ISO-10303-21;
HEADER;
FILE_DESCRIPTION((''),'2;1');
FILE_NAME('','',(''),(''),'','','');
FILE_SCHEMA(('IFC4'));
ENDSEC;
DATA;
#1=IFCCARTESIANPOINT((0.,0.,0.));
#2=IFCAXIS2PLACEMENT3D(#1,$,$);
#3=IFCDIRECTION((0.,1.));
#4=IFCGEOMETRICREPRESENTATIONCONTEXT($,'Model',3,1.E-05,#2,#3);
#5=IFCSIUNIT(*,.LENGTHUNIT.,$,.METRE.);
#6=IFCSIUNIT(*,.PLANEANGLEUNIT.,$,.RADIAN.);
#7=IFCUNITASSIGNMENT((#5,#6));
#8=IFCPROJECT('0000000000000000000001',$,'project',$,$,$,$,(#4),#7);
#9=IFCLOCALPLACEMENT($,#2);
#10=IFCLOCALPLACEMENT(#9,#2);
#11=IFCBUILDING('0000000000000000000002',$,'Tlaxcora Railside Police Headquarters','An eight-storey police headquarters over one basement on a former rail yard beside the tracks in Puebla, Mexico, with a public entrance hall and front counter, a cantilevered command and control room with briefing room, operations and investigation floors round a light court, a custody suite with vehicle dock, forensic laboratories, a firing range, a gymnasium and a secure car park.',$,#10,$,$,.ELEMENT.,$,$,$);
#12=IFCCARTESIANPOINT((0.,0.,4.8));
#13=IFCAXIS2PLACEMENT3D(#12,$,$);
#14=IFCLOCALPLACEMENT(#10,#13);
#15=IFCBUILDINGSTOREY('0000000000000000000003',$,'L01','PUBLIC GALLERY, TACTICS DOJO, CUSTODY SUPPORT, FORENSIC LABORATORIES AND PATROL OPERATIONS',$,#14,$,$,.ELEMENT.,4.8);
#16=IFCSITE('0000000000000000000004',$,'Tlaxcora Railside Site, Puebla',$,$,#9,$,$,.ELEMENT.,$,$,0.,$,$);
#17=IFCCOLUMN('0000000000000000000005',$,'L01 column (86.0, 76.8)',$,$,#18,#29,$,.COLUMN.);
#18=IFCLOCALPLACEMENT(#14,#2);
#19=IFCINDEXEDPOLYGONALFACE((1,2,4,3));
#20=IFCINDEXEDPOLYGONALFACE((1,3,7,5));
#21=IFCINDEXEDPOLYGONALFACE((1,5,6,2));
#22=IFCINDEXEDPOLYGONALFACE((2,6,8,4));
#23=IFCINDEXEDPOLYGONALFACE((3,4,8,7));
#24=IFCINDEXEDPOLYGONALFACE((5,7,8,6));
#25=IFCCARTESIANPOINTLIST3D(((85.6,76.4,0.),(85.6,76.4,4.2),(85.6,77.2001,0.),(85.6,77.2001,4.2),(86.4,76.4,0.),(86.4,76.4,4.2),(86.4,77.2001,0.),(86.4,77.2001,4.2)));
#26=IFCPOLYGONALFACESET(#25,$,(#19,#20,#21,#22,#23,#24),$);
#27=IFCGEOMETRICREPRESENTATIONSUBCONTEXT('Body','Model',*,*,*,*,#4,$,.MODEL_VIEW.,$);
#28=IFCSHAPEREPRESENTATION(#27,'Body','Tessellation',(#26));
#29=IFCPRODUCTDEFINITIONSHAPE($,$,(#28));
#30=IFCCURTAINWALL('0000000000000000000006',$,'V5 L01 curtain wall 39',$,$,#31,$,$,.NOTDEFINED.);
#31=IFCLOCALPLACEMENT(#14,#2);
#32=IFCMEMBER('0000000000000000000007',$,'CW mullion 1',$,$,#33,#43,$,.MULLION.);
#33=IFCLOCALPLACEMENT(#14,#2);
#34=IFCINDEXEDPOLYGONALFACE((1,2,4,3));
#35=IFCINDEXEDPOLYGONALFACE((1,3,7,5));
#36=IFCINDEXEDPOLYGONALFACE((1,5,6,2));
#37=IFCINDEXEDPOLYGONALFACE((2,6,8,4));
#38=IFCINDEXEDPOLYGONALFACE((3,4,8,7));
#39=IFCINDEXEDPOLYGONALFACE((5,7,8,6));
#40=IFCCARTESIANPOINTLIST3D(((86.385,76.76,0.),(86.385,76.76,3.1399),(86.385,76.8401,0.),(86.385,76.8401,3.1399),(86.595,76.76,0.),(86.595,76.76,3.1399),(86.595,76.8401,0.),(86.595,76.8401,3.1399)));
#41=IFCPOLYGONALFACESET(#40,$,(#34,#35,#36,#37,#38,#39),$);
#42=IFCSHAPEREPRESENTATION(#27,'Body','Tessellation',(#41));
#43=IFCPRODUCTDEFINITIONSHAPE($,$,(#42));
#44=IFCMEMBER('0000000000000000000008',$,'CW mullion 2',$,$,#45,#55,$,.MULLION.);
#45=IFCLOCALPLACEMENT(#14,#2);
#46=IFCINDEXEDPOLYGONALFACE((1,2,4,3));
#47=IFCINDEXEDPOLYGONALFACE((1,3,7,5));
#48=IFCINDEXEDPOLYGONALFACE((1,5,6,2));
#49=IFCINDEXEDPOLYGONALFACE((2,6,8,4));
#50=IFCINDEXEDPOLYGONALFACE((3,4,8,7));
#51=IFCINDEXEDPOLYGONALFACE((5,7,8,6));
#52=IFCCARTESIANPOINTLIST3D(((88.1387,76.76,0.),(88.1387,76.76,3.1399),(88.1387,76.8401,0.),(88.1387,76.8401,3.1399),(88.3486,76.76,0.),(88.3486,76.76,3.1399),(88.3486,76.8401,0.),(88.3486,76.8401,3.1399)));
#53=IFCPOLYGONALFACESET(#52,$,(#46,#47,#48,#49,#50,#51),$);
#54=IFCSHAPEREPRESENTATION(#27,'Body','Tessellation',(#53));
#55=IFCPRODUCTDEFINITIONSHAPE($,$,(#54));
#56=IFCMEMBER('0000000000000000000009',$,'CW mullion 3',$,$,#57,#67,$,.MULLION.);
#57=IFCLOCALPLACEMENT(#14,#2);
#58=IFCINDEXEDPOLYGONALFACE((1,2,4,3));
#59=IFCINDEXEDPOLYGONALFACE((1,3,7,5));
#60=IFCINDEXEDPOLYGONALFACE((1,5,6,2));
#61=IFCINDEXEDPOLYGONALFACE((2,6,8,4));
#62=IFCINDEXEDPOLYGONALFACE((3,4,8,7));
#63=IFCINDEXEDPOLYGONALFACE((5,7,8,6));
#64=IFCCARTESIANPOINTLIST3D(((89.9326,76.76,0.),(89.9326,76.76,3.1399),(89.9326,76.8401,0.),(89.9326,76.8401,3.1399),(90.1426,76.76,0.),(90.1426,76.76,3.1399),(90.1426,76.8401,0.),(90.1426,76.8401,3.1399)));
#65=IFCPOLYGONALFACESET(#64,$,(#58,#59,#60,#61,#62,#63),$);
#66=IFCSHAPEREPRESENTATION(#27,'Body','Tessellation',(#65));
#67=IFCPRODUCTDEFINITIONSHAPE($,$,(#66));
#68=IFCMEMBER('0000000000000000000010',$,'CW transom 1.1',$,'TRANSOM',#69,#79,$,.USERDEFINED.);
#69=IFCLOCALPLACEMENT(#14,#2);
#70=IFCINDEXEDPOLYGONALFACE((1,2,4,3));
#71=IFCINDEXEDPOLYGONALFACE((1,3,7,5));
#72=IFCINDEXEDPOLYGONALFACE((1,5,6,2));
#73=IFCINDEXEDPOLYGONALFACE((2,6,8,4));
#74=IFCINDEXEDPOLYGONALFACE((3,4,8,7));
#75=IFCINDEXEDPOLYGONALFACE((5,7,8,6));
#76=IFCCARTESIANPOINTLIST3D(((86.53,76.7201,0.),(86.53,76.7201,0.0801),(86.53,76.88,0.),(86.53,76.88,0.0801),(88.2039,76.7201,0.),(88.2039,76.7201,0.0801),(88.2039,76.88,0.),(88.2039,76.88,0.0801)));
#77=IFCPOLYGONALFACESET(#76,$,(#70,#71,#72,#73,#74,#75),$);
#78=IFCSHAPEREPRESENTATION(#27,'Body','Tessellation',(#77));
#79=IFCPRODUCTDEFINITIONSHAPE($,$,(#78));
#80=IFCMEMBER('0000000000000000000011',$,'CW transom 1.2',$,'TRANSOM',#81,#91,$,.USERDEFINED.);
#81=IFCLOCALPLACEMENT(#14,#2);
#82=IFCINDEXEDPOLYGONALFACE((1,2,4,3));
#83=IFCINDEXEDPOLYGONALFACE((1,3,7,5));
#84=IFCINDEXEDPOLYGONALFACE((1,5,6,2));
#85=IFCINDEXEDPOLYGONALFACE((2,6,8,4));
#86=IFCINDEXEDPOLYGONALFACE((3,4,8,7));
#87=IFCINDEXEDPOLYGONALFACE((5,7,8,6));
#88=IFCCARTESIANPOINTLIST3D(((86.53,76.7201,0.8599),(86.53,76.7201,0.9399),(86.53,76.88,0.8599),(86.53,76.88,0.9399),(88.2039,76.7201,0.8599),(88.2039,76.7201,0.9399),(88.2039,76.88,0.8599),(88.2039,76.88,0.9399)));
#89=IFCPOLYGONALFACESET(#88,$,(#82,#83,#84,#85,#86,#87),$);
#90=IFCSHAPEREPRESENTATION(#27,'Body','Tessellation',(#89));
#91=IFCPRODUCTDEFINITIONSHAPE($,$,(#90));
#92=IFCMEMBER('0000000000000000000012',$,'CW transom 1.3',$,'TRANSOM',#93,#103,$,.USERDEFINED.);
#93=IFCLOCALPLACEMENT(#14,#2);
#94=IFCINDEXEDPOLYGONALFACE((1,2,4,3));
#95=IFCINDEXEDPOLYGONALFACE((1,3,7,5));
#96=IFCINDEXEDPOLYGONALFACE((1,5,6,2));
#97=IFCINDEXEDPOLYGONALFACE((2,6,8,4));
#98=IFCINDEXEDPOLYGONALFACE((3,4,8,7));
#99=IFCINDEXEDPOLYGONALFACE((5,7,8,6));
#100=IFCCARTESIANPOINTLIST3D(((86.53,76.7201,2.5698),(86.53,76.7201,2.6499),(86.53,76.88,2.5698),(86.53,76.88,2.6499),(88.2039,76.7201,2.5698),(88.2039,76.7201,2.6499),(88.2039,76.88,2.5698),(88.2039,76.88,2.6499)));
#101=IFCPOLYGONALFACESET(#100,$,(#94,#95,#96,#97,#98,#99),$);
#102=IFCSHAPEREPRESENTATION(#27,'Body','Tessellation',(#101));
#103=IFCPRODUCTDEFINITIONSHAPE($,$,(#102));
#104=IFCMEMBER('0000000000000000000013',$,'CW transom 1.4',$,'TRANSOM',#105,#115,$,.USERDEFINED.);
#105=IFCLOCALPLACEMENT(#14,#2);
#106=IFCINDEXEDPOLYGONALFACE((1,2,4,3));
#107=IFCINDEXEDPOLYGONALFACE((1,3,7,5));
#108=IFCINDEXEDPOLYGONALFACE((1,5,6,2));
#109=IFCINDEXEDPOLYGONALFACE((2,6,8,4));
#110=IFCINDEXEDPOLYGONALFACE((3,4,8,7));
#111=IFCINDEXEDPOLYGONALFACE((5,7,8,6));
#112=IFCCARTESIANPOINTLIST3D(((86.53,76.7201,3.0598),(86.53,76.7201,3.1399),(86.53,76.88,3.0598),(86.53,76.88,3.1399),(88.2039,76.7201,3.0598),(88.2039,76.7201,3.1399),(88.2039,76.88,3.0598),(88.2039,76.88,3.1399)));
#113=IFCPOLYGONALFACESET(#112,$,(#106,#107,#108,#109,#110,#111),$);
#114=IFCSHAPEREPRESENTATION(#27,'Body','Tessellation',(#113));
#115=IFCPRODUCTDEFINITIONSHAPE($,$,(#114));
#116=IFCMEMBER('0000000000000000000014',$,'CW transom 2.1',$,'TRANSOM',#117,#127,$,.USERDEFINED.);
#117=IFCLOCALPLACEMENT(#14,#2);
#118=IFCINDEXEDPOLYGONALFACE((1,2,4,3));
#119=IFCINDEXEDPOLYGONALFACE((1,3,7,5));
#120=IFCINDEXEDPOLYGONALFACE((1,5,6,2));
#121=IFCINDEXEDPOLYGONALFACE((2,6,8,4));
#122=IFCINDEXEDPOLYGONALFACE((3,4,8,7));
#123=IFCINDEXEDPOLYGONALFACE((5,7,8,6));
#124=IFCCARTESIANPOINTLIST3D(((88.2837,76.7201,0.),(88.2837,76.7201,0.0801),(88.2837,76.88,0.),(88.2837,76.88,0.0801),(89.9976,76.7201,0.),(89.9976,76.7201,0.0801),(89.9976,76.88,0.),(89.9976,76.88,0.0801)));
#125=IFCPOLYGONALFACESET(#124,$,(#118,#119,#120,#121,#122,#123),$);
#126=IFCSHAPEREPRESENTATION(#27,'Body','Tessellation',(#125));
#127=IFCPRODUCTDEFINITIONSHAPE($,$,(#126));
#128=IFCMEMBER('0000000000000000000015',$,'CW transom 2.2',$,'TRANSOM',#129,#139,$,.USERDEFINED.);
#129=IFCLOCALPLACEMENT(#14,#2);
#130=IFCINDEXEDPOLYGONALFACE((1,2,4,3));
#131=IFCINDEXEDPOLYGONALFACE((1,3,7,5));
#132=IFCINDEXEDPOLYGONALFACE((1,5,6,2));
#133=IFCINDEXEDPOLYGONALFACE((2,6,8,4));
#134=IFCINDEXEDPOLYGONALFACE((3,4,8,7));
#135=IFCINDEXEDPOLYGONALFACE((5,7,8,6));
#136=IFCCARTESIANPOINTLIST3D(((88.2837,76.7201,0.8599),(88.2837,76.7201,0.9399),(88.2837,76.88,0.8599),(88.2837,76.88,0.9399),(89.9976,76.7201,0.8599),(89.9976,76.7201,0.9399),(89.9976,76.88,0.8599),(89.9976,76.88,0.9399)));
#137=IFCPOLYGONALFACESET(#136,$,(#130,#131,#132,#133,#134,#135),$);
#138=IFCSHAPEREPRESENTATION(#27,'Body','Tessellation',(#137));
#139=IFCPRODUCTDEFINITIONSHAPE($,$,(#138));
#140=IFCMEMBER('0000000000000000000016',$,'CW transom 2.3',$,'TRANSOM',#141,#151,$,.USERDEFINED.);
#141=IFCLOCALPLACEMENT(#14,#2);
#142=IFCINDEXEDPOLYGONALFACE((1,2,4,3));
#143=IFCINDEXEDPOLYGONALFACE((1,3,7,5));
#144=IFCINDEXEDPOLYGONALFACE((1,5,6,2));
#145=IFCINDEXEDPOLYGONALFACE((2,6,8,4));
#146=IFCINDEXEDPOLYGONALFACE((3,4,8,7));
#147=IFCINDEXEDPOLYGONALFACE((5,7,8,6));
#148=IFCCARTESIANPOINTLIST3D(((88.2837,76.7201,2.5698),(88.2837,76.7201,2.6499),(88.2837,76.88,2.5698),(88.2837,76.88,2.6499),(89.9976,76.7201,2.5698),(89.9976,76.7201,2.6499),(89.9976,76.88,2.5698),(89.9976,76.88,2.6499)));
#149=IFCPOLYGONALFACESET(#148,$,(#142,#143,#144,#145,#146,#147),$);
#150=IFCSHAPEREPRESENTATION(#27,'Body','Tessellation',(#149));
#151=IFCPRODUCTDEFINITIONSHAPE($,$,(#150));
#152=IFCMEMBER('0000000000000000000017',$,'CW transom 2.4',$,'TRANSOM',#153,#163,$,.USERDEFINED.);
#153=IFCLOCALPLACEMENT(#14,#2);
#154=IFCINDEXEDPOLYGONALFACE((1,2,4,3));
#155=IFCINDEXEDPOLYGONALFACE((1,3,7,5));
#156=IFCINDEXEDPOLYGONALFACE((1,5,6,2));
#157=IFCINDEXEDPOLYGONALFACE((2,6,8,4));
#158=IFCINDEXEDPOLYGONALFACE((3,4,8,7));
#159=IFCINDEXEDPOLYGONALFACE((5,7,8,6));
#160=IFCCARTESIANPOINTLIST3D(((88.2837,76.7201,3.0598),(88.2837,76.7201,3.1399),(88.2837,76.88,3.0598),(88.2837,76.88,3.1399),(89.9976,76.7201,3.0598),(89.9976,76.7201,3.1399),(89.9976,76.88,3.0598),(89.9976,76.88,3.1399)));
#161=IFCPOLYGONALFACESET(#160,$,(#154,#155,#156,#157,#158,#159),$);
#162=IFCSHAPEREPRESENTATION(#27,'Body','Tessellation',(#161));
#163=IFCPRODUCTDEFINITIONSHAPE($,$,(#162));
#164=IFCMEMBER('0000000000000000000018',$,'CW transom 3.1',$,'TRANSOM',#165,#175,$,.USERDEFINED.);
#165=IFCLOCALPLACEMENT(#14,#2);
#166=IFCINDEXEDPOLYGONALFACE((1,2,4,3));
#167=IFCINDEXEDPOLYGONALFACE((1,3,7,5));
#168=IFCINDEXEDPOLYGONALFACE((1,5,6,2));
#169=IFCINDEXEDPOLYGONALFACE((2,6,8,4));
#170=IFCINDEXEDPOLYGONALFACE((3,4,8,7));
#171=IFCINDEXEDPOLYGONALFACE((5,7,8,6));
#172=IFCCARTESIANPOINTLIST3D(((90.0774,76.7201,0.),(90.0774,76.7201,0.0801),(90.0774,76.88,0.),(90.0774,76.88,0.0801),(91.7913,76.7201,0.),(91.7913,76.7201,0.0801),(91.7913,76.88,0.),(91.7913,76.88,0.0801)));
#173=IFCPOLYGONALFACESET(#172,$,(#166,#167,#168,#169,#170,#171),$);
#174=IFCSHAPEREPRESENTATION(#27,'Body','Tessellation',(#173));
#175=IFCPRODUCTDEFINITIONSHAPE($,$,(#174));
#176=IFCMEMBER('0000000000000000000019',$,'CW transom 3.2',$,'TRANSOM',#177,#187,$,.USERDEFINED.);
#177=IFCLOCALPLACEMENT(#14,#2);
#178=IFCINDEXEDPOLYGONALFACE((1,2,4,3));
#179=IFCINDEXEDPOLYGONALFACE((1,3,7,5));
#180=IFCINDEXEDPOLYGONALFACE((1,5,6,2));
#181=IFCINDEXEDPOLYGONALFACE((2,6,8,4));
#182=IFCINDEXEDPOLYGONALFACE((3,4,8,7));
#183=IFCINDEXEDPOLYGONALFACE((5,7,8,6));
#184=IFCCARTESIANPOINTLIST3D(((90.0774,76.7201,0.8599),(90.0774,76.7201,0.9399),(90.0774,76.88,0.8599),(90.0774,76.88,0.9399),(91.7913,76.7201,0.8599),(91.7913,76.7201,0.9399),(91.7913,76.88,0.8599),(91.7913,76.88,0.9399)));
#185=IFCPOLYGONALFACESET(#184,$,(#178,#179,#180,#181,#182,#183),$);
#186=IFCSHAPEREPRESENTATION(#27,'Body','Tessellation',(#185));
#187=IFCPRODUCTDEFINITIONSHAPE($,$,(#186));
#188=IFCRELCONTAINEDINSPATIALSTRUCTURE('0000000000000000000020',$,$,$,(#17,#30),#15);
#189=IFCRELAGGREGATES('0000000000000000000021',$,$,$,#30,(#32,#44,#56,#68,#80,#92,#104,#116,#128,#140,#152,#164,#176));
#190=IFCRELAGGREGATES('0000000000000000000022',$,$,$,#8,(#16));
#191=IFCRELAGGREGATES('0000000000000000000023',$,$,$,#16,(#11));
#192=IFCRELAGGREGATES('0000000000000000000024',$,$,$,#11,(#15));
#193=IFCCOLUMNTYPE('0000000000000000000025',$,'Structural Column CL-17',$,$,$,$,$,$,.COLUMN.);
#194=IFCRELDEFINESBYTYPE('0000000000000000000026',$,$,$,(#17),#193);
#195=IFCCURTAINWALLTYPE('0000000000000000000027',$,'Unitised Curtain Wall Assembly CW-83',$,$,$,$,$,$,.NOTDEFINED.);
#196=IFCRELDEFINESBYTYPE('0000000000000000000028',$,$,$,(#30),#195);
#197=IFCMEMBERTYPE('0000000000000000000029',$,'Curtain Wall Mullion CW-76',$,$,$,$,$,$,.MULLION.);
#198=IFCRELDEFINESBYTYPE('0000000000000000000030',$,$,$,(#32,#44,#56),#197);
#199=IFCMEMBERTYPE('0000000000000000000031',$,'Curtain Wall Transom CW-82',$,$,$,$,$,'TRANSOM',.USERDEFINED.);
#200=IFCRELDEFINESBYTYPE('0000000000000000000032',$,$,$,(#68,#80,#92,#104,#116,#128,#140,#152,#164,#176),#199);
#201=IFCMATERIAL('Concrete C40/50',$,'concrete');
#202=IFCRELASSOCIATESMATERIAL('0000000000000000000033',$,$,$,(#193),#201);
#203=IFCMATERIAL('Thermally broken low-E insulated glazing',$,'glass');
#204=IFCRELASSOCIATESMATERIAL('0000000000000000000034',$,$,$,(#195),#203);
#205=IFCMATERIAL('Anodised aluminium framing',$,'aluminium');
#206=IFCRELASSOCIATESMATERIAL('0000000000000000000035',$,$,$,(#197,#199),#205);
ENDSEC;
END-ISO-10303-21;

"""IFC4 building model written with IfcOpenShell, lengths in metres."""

from ifc_helpers import new_model, si_unit, direction, frame, origin, origin_2d, place, context, subcontext, project, spatial, rectangle, extrude, material, material_profile, profile_set, type_object, element, aggregate, save


model = new_model("IFC4")

# Units and contexts
model_context = context("Model", 3, precision=1e-05, world=origin(), true_north=direction((0.0, 1.0)))
body_context = subcontext(model_context, "Body", "Model", "MODEL_VIEW")
ifc_project = project(units=[si_unit("LENGTHUNIT", "METRE"), si_unit("PLANEANGLEUNIT", "RADIAN")], contexts=[model_context])

# Site, building, storey
site_placement = place(None, origin())
site = spatial("IfcSite", under=ifc_project, at=site_placement, Name="Tlaxcora Railside Site, Puebla", CompositionType="ELEMENT", RefElevation=0.0)
building_placement = place(site_placement, origin())
building = spatial("IfcBuilding", under=site, at=building_placement, Name="Tlaxcora Railside Police Headquarters", Description="An eight-storey police headquarters over one basement on a former rail yard beside the tracks in Puebla, Mexico, with a public entrance hall and front counter, a cantilevered command and control room with briefing room, operations and investigation floors round a light court, a custody suite with vehicle dock, forensic laboratories, a firing range, a gymnasium and a secure car park.", CompositionType="ELEMENT")
storey_placement = place(building_placement, frame((0.0, 0.0, 4.8)))
storey = spatial("IfcBuildingStorey", under=building, at=storey_placement, Name="L01", Description="PUBLIC GALLERY, TACTICS DOJO, CUSTODY SUPPORT, FORENSIC LABORATORIES AND PATROL OPERATIONS", CompositionType="ELEMENT", Elevation=4.8)

# Column
ifc_material_1 = material(Name="Concrete C40/50", Category="concrete")
ifc_material_profile_1 = material_profile(ifc_material_1, rectangle(XDim=0.8, YDim=0.8, at=origin_2d()), Name="RC800X800")
ifc_profile_set_1 = profile_set([ifc_material_profile_1], Name="Concrete C40/50")
column_type = type_object("IfcColumnType", Name="Structural Column CL-17", PredefinedType="COLUMN", material=ifc_profile_set_1)
column_placement = place(storey_placement, frame((86.0, 76.8, 0.0), z_axis=(0.0, 0.0, 1.0), x_axis=(1.0, 0.0, 0.0)))
element("IfcColumn", 1, at=column_placement, inside=storey, type_object=column_type, Name="L01 column (86.0, 76.8)", PredefinedType="COLUMN", context=body_context, shape_type="SweptSolid", body=[
    extrude(rectangle(XDim=0.8, YDim=0.8, at=origin_2d()), origin(), (0.0, 0.0, 1.0), 4.2),
])

# Curtain wall, members
ifc_material_2 = material(Name="Thermally broken low-E insulated glazing", Category="glass")
curtain_wall_type = type_object("IfcCurtainWallType", Name="Unitised Curtain Wall Assembly CW-83", PredefinedType="NOTDEFINED", material=ifc_material_2)
curtain_wall_placement = place(storey_placement, origin())
curtain_wall = element("IfcCurtainWall", 2, at=curtain_wall_placement, inside=storey, type_object=curtain_wall_type, Name="V5 L01 curtain wall 39", PredefinedType="NOTDEFINED")
ifc_material_3 = material(Name="Anodised aluminium framing", Category="aluminium")
ifc_material_profile_2 = material_profile(ifc_material_3, rectangle(XDim=0.0801, YDim=0.21, at=origin_2d()), Name="AL80X210")
ifc_profile_set_2 = profile_set([ifc_material_profile_2], Name="Anodised aluminium framing")
member_type_1 = type_object("IfcMemberType", Name="Curtain Wall Mullion CW-76", PredefinedType="MULLION", material=ifc_profile_set_2)
member_1_placement = place(storey_placement, frame((86.49, 76.8, 0.0), z_axis=(0.0, 0.0, 1.0), x_axis=(0.0, 1.0, 0.0)))
member_1 = element("IfcMember", 3, at=member_1_placement, type_object=member_type_1, Name="CW mullion 1", PredefinedType="MULLION", context=body_context, shape_type="SweptSolid", body=[
    extrude(rectangle(XDim=0.0801, YDim=0.21, at=origin_2d()), origin(), (0.0, 0.0, 1.0), 3.1399),
])
member_2_placement = place(storey_placement, frame((88.2437, 76.8, 0.0), z_axis=(0.0, 0.0, 1.0), x_axis=(0.0, 1.0, 0.0)))
member_2 = element("IfcMember", 4, at=member_2_placement, type_object=member_type_1, Name="CW mullion 2", PredefinedType="MULLION", context=body_context, shape_type="SweptSolid", body=[
    extrude(rectangle(XDim=0.0801, YDim=0.21, at=origin_2d()), origin(), (0.0, 0.0, 1.0), 3.1399),
])
member_3_placement = place(storey_placement, frame((90.0376, 76.8, 0.0), z_axis=(0.0, 0.0, 1.0), x_axis=(0.0, 1.0, 0.0)))
member_3 = element("IfcMember", 5, at=member_3_placement, type_object=member_type_1, Name="CW mullion 3", PredefinedType="MULLION", context=body_context, shape_type="SweptSolid", body=[
    extrude(rectangle(XDim=0.0801, YDim=0.21, at=origin_2d()), origin(), (0.0, 0.0, 1.0), 3.1399),
])
ifc_material_profile_3 = material_profile(ifc_material_3, rectangle(XDim=0.1599, YDim=0.0801, at=origin_2d()), Name="AL80X160")
ifc_profile_set_3 = profile_set([ifc_material_profile_3], Name="Anodised aluminium framing")
member_type_2 = type_object("IfcMemberType", Name="Curtain Wall Transom CW-82", ElementType="TRANSOM", PredefinedType="USERDEFINED", material=ifc_profile_set_3)
member_4_placement = place(storey_placement, frame((86.53, 76.8, 0.04), z_axis=(1.0, 0.0, 0.0), x_axis=(0.0, 1.0, 0.0)))
member_4 = element("IfcMember", 6, at=member_4_placement, type_object=member_type_2, Name="CW transom 1.1", ObjectType="TRANSOM", PredefinedType="USERDEFINED", context=body_context, shape_type="SweptSolid", body=[
    extrude(rectangle(XDim=0.1599, YDim=0.0801, at=origin_2d()), origin(), (0.0, 0.0, 1.0), 1.6738),
])
member_5_placement = place(storey_placement, frame((86.53, 76.8, 0.8999), z_axis=(1.0, 0.0, 0.0), x_axis=(0.0, 1.0, 0.0)))
member_5 = element("IfcMember", 7, at=member_5_placement, type_object=member_type_2, Name="CW transom 1.2", ObjectType="TRANSOM", PredefinedType="USERDEFINED", context=body_context, shape_type="SweptSolid", body=[
    extrude(rectangle(XDim=0.1599, YDim=0.0801, at=origin_2d()), origin(), (0.0, 0.0, 1.0), 1.6738),
])
member_6_placement = place(storey_placement, frame((86.53, 76.8, 2.6099), z_axis=(1.0, 0.0, 0.0), x_axis=(0.0, 1.0, 0.0)))
member_6 = element("IfcMember", 8, at=member_6_placement, type_object=member_type_2, Name="CW transom 1.3", ObjectType="TRANSOM", PredefinedType="USERDEFINED", context=body_context, shape_type="SweptSolid", body=[
    extrude(rectangle(XDim=0.1599, YDim=0.0801, at=origin_2d()), origin(), (0.0, 0.0, 1.0), 1.6738),
])
member_7_placement = place(storey_placement, frame((86.53, 76.8, 3.0999), z_axis=(1.0, 0.0, 0.0), x_axis=(0.0, 1.0, 0.0)))
member_7 = element("IfcMember", 9, at=member_7_placement, type_object=member_type_2, Name="CW transom 1.4", ObjectType="TRANSOM", PredefinedType="USERDEFINED", context=body_context, shape_type="SweptSolid", body=[
    extrude(rectangle(XDim=0.1599, YDim=0.0801, at=origin_2d()), origin(), (0.0, 0.0, 1.0), 1.6738),
])
member_8_placement = place(storey_placement, frame((88.2837, 76.8, 0.04), z_axis=(1.0, 0.0, 0.0), x_axis=(0.0, 1.0, 0.0)))
member_8 = element("IfcMember", 10, at=member_8_placement, type_object=member_type_2, Name="CW transom 2.1", ObjectType="TRANSOM", PredefinedType="USERDEFINED", context=body_context, shape_type="SweptSolid", body=[
    extrude(rectangle(XDim=0.1599, YDim=0.0801, at=origin_2d()), origin(), (0.0, 0.0, 1.0), 1.7139),
])
member_9_placement = place(storey_placement, frame((88.2837, 76.8, 0.8999), z_axis=(1.0, 0.0, 0.0), x_axis=(0.0, 1.0, 0.0)))
member_9 = element("IfcMember", 11, at=member_9_placement, type_object=member_type_2, Name="CW transom 2.2", ObjectType="TRANSOM", PredefinedType="USERDEFINED", context=body_context, shape_type="SweptSolid", body=[
    extrude(rectangle(XDim=0.1599, YDim=0.0801, at=origin_2d()), origin(), (0.0, 0.0, 1.0), 1.7139),
])
member_10_placement = place(storey_placement, frame((88.2837, 76.8, 2.6099), z_axis=(1.0, 0.0, 0.0), x_axis=(0.0, 1.0, 0.0)))
member_10 = element("IfcMember", 12, at=member_10_placement, type_object=member_type_2, Name="CW transom 2.3", ObjectType="TRANSOM", PredefinedType="USERDEFINED", context=body_context, shape_type="SweptSolid", body=[
    extrude(rectangle(XDim=0.1599, YDim=0.0801, at=origin_2d()), origin(), (0.0, 0.0, 1.0), 1.7139),
])
member_11_placement = place(storey_placement, frame((88.2837, 76.8, 3.0999), z_axis=(1.0, 0.0, 0.0), x_axis=(0.0, 1.0, 0.0)))
member_11 = element("IfcMember", 13, at=member_11_placement, type_object=member_type_2, Name="CW transom 2.4", ObjectType="TRANSOM", PredefinedType="USERDEFINED", context=body_context, shape_type="SweptSolid", body=[
    extrude(rectangle(XDim=0.1599, YDim=0.0801, at=origin_2d()), origin(), (0.0, 0.0, 1.0), 1.7139),
])
member_12_placement = place(storey_placement, frame((90.0774, 76.8, 0.04), z_axis=(1.0, 0.0, 0.0), x_axis=(0.0, 1.0, 0.0)))
member_12 = element("IfcMember", 14, at=member_12_placement, type_object=member_type_2, Name="CW transom 3.1", ObjectType="TRANSOM", PredefinedType="USERDEFINED", context=body_context, shape_type="SweptSolid", body=[
    extrude(rectangle(XDim=0.1599, YDim=0.0801, at=origin_2d()), origin(), (0.0, 0.0, 1.0), 1.7139),
])
member_13_placement = place(storey_placement, frame((90.0774, 76.8, 0.8999), z_axis=(1.0, 0.0, 0.0), x_axis=(0.0, 1.0, 0.0)))
member_13 = element("IfcMember", 15, at=member_13_placement, type_object=member_type_2, Name="CW transom 3.2", ObjectType="TRANSOM", PredefinedType="USERDEFINED", context=body_context, shape_type="SweptSolid", body=[
    extrude(rectangle(XDim=0.1599, YDim=0.0801, at=origin_2d()), origin(), (0.0, 0.0, 1.0), 1.7139),
])

aggregate(curtain_wall, [member_1, member_2, member_3, member_4, member_5, member_6, member_7, member_8, member_9, member_10, member_11, member_12, member_13])

save(model, "model.ifc")
